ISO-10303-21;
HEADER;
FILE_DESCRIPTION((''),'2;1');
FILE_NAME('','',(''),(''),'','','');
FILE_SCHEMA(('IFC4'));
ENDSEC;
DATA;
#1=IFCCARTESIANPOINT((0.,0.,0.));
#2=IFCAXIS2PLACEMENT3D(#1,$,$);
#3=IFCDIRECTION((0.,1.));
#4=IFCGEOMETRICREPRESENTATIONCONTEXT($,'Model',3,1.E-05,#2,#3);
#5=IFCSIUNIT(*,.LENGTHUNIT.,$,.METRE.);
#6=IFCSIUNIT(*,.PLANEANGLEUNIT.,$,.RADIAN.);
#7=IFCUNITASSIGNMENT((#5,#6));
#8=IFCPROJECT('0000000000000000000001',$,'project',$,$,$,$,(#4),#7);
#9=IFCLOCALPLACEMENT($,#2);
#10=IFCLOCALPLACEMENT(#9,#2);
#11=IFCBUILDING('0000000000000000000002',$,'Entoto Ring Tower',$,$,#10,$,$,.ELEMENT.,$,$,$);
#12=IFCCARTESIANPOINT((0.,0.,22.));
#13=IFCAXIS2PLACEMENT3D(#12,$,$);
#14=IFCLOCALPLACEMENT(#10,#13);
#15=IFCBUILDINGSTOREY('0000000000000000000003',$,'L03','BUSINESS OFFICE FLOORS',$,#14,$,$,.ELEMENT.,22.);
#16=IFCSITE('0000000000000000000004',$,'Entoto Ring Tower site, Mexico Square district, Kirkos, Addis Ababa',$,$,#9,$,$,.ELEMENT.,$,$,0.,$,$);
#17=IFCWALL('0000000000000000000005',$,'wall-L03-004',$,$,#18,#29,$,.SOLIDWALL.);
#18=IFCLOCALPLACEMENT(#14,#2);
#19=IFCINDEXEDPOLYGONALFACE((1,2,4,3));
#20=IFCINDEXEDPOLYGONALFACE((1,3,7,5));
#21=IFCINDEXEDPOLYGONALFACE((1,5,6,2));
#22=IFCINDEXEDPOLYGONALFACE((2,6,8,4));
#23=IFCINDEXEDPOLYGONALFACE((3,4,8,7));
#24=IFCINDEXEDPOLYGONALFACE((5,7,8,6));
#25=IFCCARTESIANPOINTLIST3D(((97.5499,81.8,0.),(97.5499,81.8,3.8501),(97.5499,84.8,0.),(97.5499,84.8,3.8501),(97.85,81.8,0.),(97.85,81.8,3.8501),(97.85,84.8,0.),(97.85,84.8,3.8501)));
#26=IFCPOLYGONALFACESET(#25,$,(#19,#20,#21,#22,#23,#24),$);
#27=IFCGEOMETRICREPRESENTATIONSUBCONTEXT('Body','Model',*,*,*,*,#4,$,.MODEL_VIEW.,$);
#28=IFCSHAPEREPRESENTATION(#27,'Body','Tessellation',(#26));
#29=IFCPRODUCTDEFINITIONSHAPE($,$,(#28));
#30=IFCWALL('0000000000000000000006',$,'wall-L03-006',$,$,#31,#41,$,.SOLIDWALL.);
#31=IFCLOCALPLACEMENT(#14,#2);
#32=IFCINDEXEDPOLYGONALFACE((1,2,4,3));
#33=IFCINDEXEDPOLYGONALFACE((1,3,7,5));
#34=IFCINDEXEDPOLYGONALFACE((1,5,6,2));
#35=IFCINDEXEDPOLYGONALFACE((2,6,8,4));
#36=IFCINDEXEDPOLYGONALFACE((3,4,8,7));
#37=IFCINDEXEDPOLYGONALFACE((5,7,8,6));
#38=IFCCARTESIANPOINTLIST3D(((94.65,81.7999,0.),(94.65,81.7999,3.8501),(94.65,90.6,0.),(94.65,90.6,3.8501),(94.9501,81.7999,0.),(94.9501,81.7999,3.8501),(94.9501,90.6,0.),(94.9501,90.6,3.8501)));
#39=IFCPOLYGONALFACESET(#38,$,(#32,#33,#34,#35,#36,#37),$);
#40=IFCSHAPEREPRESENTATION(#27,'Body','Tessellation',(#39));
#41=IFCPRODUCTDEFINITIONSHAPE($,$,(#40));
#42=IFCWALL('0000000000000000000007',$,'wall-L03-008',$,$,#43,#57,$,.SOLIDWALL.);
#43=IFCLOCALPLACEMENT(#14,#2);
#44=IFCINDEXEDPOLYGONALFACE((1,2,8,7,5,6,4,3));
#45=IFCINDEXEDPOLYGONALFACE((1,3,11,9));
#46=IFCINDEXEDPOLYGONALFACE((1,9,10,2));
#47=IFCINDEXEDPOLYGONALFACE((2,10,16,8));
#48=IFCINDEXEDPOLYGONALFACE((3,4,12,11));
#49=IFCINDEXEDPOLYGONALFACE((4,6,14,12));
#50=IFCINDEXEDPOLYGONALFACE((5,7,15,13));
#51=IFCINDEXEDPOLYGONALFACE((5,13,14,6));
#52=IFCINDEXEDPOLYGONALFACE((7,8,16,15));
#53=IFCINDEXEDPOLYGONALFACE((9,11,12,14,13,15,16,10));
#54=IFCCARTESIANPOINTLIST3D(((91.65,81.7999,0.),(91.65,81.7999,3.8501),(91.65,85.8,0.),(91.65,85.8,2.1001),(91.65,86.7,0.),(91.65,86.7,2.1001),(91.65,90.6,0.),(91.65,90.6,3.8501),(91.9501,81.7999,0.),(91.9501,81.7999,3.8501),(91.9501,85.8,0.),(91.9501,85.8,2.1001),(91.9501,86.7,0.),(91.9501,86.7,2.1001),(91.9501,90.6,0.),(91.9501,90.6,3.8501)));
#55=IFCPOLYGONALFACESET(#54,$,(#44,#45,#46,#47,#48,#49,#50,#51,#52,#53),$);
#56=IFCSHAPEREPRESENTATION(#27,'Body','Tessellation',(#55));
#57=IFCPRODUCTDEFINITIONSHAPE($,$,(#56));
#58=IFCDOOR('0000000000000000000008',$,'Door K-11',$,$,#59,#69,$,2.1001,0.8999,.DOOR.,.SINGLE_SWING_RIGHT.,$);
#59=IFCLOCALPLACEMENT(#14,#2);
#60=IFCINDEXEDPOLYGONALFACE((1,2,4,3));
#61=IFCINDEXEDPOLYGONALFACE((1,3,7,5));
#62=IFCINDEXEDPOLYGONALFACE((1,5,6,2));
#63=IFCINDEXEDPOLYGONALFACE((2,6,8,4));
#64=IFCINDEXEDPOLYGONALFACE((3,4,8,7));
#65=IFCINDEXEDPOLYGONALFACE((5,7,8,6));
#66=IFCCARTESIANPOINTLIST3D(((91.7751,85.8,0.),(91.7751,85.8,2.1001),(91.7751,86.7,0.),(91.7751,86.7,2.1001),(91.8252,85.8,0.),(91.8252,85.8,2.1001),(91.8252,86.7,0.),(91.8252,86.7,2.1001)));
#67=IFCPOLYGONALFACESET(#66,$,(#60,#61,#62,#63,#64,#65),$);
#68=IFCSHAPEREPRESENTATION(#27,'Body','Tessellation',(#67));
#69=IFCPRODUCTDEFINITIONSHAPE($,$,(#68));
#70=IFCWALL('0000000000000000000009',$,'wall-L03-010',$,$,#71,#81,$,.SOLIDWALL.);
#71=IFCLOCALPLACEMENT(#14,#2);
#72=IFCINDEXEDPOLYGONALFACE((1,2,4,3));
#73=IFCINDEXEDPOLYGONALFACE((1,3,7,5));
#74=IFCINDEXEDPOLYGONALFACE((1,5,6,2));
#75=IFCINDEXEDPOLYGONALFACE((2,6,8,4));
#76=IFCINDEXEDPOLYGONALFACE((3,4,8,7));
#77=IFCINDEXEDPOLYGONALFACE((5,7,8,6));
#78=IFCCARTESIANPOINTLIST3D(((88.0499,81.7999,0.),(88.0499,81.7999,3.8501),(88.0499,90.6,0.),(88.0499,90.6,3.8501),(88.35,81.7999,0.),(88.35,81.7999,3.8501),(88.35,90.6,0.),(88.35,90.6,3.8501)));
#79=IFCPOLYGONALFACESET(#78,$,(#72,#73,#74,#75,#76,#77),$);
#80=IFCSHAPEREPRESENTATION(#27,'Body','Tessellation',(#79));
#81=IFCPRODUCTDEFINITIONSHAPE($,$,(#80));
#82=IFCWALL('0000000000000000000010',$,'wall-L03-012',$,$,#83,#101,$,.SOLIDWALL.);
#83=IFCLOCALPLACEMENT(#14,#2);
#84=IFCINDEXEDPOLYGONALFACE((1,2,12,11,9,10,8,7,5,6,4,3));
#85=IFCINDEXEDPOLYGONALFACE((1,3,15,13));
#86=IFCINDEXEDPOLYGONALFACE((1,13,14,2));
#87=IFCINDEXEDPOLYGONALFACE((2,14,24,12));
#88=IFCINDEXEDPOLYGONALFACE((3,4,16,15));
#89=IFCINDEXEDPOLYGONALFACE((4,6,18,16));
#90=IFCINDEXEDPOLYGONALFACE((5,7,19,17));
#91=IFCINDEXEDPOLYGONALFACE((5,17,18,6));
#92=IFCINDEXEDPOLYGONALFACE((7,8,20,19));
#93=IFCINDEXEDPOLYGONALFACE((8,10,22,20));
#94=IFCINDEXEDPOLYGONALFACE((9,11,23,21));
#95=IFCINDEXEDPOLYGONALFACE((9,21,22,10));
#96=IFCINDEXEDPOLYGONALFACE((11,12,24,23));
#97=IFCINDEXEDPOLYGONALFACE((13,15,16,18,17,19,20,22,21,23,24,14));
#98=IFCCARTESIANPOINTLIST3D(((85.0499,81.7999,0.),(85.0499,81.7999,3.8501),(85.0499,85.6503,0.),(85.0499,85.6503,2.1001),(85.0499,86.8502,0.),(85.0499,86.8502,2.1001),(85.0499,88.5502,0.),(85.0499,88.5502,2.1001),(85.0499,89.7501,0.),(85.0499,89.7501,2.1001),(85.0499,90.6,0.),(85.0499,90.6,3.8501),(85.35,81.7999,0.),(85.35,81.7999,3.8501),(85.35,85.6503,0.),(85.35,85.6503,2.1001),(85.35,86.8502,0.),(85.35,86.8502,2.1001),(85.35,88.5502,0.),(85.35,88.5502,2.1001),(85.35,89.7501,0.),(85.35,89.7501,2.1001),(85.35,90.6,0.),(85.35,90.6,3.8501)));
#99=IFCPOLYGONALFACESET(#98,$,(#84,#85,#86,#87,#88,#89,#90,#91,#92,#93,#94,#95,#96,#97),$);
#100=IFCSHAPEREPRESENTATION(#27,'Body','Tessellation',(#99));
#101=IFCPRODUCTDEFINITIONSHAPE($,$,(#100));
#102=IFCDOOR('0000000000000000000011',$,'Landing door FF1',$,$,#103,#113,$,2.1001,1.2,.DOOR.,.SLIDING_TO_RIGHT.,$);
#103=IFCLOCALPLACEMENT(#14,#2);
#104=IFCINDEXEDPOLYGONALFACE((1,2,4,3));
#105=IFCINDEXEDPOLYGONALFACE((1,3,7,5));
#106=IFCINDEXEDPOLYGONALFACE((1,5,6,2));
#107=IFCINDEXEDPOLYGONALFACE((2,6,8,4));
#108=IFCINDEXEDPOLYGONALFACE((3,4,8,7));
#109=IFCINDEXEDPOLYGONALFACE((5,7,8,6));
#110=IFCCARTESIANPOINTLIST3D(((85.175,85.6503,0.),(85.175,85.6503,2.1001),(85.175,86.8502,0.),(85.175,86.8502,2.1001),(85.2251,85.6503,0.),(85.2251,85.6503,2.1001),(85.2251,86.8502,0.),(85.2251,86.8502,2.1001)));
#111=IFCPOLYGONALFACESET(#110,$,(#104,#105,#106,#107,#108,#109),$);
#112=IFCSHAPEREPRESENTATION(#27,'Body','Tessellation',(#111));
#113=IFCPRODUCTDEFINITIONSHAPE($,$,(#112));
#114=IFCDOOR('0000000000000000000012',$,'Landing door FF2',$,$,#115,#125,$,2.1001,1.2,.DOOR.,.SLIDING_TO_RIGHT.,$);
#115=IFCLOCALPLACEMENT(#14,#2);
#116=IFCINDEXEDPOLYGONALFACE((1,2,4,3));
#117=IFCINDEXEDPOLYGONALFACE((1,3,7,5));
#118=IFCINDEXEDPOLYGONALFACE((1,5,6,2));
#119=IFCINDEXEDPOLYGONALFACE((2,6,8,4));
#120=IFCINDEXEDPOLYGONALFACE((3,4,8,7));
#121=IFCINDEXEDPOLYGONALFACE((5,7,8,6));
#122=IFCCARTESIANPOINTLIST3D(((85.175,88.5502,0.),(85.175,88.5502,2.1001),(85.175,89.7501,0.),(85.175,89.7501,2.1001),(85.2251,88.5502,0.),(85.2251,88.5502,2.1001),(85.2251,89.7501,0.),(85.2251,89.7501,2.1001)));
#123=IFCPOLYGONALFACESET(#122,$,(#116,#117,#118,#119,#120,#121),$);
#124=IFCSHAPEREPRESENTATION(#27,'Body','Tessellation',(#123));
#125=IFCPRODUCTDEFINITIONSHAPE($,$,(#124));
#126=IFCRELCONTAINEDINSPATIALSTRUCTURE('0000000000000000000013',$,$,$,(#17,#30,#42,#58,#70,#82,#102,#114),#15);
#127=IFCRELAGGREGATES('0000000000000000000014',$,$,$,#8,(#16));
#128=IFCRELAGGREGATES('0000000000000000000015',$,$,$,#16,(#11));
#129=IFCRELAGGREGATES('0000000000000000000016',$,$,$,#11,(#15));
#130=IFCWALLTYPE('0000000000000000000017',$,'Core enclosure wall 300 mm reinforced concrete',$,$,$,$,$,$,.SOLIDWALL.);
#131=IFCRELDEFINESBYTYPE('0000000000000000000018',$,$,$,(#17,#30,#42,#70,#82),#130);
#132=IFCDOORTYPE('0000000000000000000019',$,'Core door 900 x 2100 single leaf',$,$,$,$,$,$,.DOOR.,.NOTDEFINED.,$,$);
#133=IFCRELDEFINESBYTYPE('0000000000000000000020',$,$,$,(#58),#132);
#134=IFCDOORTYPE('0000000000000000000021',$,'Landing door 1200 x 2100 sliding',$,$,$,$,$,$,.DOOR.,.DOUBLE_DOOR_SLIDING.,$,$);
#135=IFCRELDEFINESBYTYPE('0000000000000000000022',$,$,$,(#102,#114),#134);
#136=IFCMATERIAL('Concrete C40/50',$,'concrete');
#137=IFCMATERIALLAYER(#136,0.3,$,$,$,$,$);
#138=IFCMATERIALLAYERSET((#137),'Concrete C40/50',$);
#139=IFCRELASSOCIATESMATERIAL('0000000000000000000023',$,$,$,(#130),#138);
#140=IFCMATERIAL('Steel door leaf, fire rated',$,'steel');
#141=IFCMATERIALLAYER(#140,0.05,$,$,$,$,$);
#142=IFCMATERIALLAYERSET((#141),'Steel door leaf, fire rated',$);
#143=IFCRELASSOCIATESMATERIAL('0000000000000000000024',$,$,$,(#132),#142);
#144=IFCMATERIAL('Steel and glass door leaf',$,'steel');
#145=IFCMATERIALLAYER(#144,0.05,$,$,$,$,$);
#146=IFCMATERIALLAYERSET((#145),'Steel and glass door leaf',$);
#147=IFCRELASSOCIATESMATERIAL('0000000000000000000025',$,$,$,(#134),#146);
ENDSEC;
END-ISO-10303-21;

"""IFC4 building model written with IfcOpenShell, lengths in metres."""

from ifc_helpers import new_model, si_unit, direction, frame, frame_2d, origin, place, context, subcontext, project, spatial, rectangle, extrude, material, layer, layer_set, type_object, element, fill, save


model = new_model("IFC4")

# Units and contexts
model_context = context("Model", 3, precision=1e-05, world=origin(), true_north=direction((0.0, 1.0)))
body_context = subcontext(model_context, "Body", "Model", "MODEL_VIEW")
ifc_project = project(units=[si_unit("LENGTHUNIT", "METRE"), si_unit("PLANEANGLEUNIT", "RADIAN")], contexts=[model_context])

# Site, building, storey
site_placement = place(None, origin())
site = spatial("IfcSite", under=ifc_project, at=site_placement, Name="Entoto Ring Tower site, Mexico Square district, Kirkos, Addis Ababa", CompositionType="ELEMENT", RefElevation=0.0)
building_placement = place(site_placement, origin())
building = spatial("IfcBuilding", under=site, at=building_placement, Name="Entoto Ring Tower", CompositionType="ELEMENT")
storey_placement = place(building_placement, frame((0.0, 0.0, 22.0)))
storey = spatial("IfcBuildingStorey", under=building, at=storey_placement, Name="L03", Description="BUSINESS OFFICE FLOORS", CompositionType="ELEMENT", Elevation=22.0)

# Walls
ifc_material_1 = material(Name="Concrete C40/50", Category="concrete")
ifc_layer_1 = layer(ifc_material_1, 0.3)
ifc_layer_set_1 = layer_set([ifc_layer_1], Name="Concrete C40/50")
wall_type = type_object("IfcWallType", Name="Core enclosure wall 300 mm reinforced concrete", PredefinedType="SOLIDWALL", material=ifc_layer_set_1)
wall_1_placement = place(storey_placement, frame((97.7, 81.8, 0.0), z_axis=(0.0, 0.0, 1.0), x_axis=(0.0, 1.0, 0.0)))
element("IfcWall", 1, at=wall_1_placement, inside=storey, type_object=wall_type, Name="wall-L03-004", PredefinedType="SOLIDWALL", context=body_context, shape_type="SweptSolid", body=[
    extrude(rectangle(XDim=3.0, YDim=0.3, at=frame_2d((1.5, 0.0))), origin(), (0.0, 0.0, 1.0), 3.8501),
])
wall_2_placement = place(storey_placement, frame((94.8, 81.8, 0.0), z_axis=(0.0, 0.0, 1.0), x_axis=(0.0, 1.0, 0.0)))
element("IfcWall", 2, at=wall_2_placement, inside=storey, type_object=wall_type, Name="wall-L03-006", PredefinedType="SOLIDWALL", context=body_context, shape_type="SweptSolid", body=[
    extrude(rectangle(XDim=8.8, YDim=0.3, at=frame_2d((4.3999, 0.0))), origin(), (0.0, 0.0, 1.0), 3.8501),
])

# Wall, opening, door
wall_3_placement = place(storey_placement, frame((91.8, 81.8, 0.0), z_axis=(0.0, 0.0, 1.0), x_axis=(0.0, 1.0, 0.0)))
wall_3 = element("IfcWall", 3, at=wall_3_placement, inside=storey, type_object=wall_type, Name="wall-L03-008", PredefinedType="SOLIDWALL", context=body_context, shape_type="SweptSolid", body=[
    extrude(rectangle(XDim=8.8, YDim=0.3, at=frame_2d((4.3999, 0.0))), origin(), (0.0, 0.0, 1.0), 3.8501),
])
opening_1_placement = place(wall_3_placement, frame((4.0, 0.0, 0.0)))
opening_1 = element("IfcOpeningElement", 4, at=opening_1_placement, cuts=wall_3, PredefinedType="OPENING", context=body_context, shape_type="SweptSolid", body=[
    extrude(rectangle(XDim=0.8999, YDim=2.1001, at=frame_2d((0.45, 1.05))), frame((0.0, 0.1602, 0.0), z_axis=(0.0, -1.0, 0.0), x_axis=(1.0, 0.0, 0.0)), (0.0, 0.0, 1.0), 0.3201),
])
ifc_material_2 = material(Name="Steel door leaf, fire rated", Category="steel")
ifc_layer_2 = layer(ifc_material_2, 0.05)
ifc_layer_set_2 = layer_set([ifc_layer_2], Name="Steel door leaf, fire rated")
door_type_1 = type_object("IfcDoorType", Name="Core door 900 x 2100 single leaf", OperationType="NOTDEFINED", PredefinedType="DOOR", material=ifc_layer_set_2)
door_1_placement = place(opening_1_placement, origin())
door_1 = element("IfcDoor", 5, at=door_1_placement, inside=storey, type_object=door_type_1, Name="Door K-11", OperationType="SINGLE_SWING_RIGHT", OverallHeight=2.1001, OverallWidth=0.8999, PredefinedType="DOOR", context=body_context, shape_type="SweptSolid", body=[
    extrude(rectangle(XDim=0.8999, YDim=2.1001, at=frame_2d((0.45, 1.05))), frame((0.0, 0.0249, 0.0), z_axis=(0.0, -1.0, 0.0), x_axis=(1.0, 0.0, 0.0)), (0.0, 0.0, 1.0), 0.05),
])
fill(opening_1, door_1)

# Wall
wall_4_placement = place(storey_placement, frame((88.2, 81.8, 0.0), z_axis=(0.0, 0.0, 1.0), x_axis=(0.0, 1.0, 0.0)))
element("IfcWall", 6, at=wall_4_placement, inside=storey, type_object=wall_type, Name="wall-L03-010", PredefinedType="SOLIDWALL", context=body_context, shape_type="SweptSolid", body=[
    extrude(rectangle(XDim=8.8, YDim=0.3, at=frame_2d((4.3999, 0.0))), origin(), (0.0, 0.0, 1.0), 3.8501),
])

# Wall, openings, doors
wall_5_placement = place(storey_placement, frame((85.2, 81.8, 0.0), z_axis=(0.0, 0.0, 1.0), x_axis=(0.0, 1.0, 0.0)))
wall_5 = element("IfcWall", 7, at=wall_5_placement, inside=storey, type_object=wall_type, Name="wall-L03-012", PredefinedType="SOLIDWALL", context=body_context, shape_type="SweptSolid", body=[
    extrude(rectangle(XDim=8.8, YDim=0.3, at=frame_2d((4.3999, 0.0))), origin(), (0.0, 0.0, 1.0), 3.8501),
])
opening_2_placement = place(wall_5_placement, frame((3.8501, 0.0, 0.0)))
opening_2 = element("IfcOpeningElement", 8, at=opening_2_placement, cuts=wall_5, PredefinedType="OPENING", context=body_context, shape_type="SweptSolid", body=[
    extrude(rectangle(XDim=1.2, YDim=2.1001, at=frame_2d((0.6001, 1.05))), frame((0.0, 0.1602, 0.0), z_axis=(0.0, -1.0, 0.0), x_axis=(1.0, 0.0, 0.0)), (0.0, 0.0, 1.0), 0.3201),
])
opening_3_placement = place(wall_5_placement, frame((6.75, 0.0, 0.0)))
opening_3 = element("IfcOpeningElement", 9, at=opening_3_placement, cuts=wall_5, PredefinedType="OPENING", context=body_context, shape_type="SweptSolid", body=[
    extrude(rectangle(XDim=1.2, YDim=2.1001, at=frame_2d((0.6001, 1.05))), frame((0.0, 0.1602, 0.0), z_axis=(0.0, -1.0, 0.0), x_axis=(1.0, 0.0, 0.0)), (0.0, 0.0, 1.0), 0.3201),
])
ifc_material_3 = material(Name="Steel and glass door leaf", Category="steel")
ifc_layer_3 = layer(ifc_material_3, 0.05)
ifc_layer_set_3 = layer_set([ifc_layer_3], Name="Steel and glass door leaf")
door_type_2 = type_object("IfcDoorType", Name="Landing door 1200 x 2100 sliding", OperationType="DOUBLE_DOOR_SLIDING", PredefinedType="DOOR", material=ifc_layer_set_3)
door_2_placement = place(opening_2_placement, origin())
door_2 = element("IfcDoor", 10, at=door_2_placement, inside=storey, type_object=door_type_2, Name="Landing door FF1", OperationType="SLIDING_TO_RIGHT", OverallHeight=2.1001, OverallWidth=1.2, PredefinedType="DOOR", context=body_context, shape_type="SweptSolid", body=[
    extrude(rectangle(XDim=1.2, YDim=2.1001, at=frame_2d((0.6001, 1.05))), frame((0.0, 0.0249, 0.0), z_axis=(0.0, -1.0, 0.0), x_axis=(1.0, 0.0, 0.0)), (0.0, 0.0, 1.0), 0.05),
])
fill(opening_2, door_2)
door_3_placement = place(opening_3_placement, origin())
door_3 = element("IfcDoor", 11, at=door_3_placement, inside=storey, type_object=door_type_2, Name="Landing door FF2", OperationType="SLIDING_TO_RIGHT", OverallHeight=2.1001, OverallWidth=1.2, PredefinedType="DOOR", context=body_context, shape_type="SweptSolid", body=[
    extrude(rectangle(XDim=1.2, YDim=2.1001, at=frame_2d((0.6001, 1.05))), frame((0.0, 0.0249, 0.0), z_axis=(0.0, -1.0, 0.0), x_axis=(1.0, 0.0, 0.0)), (0.0, 0.0, 1.0), 0.05),
])
fill(opening_3, door_3)

save(model, "model.ifc")
